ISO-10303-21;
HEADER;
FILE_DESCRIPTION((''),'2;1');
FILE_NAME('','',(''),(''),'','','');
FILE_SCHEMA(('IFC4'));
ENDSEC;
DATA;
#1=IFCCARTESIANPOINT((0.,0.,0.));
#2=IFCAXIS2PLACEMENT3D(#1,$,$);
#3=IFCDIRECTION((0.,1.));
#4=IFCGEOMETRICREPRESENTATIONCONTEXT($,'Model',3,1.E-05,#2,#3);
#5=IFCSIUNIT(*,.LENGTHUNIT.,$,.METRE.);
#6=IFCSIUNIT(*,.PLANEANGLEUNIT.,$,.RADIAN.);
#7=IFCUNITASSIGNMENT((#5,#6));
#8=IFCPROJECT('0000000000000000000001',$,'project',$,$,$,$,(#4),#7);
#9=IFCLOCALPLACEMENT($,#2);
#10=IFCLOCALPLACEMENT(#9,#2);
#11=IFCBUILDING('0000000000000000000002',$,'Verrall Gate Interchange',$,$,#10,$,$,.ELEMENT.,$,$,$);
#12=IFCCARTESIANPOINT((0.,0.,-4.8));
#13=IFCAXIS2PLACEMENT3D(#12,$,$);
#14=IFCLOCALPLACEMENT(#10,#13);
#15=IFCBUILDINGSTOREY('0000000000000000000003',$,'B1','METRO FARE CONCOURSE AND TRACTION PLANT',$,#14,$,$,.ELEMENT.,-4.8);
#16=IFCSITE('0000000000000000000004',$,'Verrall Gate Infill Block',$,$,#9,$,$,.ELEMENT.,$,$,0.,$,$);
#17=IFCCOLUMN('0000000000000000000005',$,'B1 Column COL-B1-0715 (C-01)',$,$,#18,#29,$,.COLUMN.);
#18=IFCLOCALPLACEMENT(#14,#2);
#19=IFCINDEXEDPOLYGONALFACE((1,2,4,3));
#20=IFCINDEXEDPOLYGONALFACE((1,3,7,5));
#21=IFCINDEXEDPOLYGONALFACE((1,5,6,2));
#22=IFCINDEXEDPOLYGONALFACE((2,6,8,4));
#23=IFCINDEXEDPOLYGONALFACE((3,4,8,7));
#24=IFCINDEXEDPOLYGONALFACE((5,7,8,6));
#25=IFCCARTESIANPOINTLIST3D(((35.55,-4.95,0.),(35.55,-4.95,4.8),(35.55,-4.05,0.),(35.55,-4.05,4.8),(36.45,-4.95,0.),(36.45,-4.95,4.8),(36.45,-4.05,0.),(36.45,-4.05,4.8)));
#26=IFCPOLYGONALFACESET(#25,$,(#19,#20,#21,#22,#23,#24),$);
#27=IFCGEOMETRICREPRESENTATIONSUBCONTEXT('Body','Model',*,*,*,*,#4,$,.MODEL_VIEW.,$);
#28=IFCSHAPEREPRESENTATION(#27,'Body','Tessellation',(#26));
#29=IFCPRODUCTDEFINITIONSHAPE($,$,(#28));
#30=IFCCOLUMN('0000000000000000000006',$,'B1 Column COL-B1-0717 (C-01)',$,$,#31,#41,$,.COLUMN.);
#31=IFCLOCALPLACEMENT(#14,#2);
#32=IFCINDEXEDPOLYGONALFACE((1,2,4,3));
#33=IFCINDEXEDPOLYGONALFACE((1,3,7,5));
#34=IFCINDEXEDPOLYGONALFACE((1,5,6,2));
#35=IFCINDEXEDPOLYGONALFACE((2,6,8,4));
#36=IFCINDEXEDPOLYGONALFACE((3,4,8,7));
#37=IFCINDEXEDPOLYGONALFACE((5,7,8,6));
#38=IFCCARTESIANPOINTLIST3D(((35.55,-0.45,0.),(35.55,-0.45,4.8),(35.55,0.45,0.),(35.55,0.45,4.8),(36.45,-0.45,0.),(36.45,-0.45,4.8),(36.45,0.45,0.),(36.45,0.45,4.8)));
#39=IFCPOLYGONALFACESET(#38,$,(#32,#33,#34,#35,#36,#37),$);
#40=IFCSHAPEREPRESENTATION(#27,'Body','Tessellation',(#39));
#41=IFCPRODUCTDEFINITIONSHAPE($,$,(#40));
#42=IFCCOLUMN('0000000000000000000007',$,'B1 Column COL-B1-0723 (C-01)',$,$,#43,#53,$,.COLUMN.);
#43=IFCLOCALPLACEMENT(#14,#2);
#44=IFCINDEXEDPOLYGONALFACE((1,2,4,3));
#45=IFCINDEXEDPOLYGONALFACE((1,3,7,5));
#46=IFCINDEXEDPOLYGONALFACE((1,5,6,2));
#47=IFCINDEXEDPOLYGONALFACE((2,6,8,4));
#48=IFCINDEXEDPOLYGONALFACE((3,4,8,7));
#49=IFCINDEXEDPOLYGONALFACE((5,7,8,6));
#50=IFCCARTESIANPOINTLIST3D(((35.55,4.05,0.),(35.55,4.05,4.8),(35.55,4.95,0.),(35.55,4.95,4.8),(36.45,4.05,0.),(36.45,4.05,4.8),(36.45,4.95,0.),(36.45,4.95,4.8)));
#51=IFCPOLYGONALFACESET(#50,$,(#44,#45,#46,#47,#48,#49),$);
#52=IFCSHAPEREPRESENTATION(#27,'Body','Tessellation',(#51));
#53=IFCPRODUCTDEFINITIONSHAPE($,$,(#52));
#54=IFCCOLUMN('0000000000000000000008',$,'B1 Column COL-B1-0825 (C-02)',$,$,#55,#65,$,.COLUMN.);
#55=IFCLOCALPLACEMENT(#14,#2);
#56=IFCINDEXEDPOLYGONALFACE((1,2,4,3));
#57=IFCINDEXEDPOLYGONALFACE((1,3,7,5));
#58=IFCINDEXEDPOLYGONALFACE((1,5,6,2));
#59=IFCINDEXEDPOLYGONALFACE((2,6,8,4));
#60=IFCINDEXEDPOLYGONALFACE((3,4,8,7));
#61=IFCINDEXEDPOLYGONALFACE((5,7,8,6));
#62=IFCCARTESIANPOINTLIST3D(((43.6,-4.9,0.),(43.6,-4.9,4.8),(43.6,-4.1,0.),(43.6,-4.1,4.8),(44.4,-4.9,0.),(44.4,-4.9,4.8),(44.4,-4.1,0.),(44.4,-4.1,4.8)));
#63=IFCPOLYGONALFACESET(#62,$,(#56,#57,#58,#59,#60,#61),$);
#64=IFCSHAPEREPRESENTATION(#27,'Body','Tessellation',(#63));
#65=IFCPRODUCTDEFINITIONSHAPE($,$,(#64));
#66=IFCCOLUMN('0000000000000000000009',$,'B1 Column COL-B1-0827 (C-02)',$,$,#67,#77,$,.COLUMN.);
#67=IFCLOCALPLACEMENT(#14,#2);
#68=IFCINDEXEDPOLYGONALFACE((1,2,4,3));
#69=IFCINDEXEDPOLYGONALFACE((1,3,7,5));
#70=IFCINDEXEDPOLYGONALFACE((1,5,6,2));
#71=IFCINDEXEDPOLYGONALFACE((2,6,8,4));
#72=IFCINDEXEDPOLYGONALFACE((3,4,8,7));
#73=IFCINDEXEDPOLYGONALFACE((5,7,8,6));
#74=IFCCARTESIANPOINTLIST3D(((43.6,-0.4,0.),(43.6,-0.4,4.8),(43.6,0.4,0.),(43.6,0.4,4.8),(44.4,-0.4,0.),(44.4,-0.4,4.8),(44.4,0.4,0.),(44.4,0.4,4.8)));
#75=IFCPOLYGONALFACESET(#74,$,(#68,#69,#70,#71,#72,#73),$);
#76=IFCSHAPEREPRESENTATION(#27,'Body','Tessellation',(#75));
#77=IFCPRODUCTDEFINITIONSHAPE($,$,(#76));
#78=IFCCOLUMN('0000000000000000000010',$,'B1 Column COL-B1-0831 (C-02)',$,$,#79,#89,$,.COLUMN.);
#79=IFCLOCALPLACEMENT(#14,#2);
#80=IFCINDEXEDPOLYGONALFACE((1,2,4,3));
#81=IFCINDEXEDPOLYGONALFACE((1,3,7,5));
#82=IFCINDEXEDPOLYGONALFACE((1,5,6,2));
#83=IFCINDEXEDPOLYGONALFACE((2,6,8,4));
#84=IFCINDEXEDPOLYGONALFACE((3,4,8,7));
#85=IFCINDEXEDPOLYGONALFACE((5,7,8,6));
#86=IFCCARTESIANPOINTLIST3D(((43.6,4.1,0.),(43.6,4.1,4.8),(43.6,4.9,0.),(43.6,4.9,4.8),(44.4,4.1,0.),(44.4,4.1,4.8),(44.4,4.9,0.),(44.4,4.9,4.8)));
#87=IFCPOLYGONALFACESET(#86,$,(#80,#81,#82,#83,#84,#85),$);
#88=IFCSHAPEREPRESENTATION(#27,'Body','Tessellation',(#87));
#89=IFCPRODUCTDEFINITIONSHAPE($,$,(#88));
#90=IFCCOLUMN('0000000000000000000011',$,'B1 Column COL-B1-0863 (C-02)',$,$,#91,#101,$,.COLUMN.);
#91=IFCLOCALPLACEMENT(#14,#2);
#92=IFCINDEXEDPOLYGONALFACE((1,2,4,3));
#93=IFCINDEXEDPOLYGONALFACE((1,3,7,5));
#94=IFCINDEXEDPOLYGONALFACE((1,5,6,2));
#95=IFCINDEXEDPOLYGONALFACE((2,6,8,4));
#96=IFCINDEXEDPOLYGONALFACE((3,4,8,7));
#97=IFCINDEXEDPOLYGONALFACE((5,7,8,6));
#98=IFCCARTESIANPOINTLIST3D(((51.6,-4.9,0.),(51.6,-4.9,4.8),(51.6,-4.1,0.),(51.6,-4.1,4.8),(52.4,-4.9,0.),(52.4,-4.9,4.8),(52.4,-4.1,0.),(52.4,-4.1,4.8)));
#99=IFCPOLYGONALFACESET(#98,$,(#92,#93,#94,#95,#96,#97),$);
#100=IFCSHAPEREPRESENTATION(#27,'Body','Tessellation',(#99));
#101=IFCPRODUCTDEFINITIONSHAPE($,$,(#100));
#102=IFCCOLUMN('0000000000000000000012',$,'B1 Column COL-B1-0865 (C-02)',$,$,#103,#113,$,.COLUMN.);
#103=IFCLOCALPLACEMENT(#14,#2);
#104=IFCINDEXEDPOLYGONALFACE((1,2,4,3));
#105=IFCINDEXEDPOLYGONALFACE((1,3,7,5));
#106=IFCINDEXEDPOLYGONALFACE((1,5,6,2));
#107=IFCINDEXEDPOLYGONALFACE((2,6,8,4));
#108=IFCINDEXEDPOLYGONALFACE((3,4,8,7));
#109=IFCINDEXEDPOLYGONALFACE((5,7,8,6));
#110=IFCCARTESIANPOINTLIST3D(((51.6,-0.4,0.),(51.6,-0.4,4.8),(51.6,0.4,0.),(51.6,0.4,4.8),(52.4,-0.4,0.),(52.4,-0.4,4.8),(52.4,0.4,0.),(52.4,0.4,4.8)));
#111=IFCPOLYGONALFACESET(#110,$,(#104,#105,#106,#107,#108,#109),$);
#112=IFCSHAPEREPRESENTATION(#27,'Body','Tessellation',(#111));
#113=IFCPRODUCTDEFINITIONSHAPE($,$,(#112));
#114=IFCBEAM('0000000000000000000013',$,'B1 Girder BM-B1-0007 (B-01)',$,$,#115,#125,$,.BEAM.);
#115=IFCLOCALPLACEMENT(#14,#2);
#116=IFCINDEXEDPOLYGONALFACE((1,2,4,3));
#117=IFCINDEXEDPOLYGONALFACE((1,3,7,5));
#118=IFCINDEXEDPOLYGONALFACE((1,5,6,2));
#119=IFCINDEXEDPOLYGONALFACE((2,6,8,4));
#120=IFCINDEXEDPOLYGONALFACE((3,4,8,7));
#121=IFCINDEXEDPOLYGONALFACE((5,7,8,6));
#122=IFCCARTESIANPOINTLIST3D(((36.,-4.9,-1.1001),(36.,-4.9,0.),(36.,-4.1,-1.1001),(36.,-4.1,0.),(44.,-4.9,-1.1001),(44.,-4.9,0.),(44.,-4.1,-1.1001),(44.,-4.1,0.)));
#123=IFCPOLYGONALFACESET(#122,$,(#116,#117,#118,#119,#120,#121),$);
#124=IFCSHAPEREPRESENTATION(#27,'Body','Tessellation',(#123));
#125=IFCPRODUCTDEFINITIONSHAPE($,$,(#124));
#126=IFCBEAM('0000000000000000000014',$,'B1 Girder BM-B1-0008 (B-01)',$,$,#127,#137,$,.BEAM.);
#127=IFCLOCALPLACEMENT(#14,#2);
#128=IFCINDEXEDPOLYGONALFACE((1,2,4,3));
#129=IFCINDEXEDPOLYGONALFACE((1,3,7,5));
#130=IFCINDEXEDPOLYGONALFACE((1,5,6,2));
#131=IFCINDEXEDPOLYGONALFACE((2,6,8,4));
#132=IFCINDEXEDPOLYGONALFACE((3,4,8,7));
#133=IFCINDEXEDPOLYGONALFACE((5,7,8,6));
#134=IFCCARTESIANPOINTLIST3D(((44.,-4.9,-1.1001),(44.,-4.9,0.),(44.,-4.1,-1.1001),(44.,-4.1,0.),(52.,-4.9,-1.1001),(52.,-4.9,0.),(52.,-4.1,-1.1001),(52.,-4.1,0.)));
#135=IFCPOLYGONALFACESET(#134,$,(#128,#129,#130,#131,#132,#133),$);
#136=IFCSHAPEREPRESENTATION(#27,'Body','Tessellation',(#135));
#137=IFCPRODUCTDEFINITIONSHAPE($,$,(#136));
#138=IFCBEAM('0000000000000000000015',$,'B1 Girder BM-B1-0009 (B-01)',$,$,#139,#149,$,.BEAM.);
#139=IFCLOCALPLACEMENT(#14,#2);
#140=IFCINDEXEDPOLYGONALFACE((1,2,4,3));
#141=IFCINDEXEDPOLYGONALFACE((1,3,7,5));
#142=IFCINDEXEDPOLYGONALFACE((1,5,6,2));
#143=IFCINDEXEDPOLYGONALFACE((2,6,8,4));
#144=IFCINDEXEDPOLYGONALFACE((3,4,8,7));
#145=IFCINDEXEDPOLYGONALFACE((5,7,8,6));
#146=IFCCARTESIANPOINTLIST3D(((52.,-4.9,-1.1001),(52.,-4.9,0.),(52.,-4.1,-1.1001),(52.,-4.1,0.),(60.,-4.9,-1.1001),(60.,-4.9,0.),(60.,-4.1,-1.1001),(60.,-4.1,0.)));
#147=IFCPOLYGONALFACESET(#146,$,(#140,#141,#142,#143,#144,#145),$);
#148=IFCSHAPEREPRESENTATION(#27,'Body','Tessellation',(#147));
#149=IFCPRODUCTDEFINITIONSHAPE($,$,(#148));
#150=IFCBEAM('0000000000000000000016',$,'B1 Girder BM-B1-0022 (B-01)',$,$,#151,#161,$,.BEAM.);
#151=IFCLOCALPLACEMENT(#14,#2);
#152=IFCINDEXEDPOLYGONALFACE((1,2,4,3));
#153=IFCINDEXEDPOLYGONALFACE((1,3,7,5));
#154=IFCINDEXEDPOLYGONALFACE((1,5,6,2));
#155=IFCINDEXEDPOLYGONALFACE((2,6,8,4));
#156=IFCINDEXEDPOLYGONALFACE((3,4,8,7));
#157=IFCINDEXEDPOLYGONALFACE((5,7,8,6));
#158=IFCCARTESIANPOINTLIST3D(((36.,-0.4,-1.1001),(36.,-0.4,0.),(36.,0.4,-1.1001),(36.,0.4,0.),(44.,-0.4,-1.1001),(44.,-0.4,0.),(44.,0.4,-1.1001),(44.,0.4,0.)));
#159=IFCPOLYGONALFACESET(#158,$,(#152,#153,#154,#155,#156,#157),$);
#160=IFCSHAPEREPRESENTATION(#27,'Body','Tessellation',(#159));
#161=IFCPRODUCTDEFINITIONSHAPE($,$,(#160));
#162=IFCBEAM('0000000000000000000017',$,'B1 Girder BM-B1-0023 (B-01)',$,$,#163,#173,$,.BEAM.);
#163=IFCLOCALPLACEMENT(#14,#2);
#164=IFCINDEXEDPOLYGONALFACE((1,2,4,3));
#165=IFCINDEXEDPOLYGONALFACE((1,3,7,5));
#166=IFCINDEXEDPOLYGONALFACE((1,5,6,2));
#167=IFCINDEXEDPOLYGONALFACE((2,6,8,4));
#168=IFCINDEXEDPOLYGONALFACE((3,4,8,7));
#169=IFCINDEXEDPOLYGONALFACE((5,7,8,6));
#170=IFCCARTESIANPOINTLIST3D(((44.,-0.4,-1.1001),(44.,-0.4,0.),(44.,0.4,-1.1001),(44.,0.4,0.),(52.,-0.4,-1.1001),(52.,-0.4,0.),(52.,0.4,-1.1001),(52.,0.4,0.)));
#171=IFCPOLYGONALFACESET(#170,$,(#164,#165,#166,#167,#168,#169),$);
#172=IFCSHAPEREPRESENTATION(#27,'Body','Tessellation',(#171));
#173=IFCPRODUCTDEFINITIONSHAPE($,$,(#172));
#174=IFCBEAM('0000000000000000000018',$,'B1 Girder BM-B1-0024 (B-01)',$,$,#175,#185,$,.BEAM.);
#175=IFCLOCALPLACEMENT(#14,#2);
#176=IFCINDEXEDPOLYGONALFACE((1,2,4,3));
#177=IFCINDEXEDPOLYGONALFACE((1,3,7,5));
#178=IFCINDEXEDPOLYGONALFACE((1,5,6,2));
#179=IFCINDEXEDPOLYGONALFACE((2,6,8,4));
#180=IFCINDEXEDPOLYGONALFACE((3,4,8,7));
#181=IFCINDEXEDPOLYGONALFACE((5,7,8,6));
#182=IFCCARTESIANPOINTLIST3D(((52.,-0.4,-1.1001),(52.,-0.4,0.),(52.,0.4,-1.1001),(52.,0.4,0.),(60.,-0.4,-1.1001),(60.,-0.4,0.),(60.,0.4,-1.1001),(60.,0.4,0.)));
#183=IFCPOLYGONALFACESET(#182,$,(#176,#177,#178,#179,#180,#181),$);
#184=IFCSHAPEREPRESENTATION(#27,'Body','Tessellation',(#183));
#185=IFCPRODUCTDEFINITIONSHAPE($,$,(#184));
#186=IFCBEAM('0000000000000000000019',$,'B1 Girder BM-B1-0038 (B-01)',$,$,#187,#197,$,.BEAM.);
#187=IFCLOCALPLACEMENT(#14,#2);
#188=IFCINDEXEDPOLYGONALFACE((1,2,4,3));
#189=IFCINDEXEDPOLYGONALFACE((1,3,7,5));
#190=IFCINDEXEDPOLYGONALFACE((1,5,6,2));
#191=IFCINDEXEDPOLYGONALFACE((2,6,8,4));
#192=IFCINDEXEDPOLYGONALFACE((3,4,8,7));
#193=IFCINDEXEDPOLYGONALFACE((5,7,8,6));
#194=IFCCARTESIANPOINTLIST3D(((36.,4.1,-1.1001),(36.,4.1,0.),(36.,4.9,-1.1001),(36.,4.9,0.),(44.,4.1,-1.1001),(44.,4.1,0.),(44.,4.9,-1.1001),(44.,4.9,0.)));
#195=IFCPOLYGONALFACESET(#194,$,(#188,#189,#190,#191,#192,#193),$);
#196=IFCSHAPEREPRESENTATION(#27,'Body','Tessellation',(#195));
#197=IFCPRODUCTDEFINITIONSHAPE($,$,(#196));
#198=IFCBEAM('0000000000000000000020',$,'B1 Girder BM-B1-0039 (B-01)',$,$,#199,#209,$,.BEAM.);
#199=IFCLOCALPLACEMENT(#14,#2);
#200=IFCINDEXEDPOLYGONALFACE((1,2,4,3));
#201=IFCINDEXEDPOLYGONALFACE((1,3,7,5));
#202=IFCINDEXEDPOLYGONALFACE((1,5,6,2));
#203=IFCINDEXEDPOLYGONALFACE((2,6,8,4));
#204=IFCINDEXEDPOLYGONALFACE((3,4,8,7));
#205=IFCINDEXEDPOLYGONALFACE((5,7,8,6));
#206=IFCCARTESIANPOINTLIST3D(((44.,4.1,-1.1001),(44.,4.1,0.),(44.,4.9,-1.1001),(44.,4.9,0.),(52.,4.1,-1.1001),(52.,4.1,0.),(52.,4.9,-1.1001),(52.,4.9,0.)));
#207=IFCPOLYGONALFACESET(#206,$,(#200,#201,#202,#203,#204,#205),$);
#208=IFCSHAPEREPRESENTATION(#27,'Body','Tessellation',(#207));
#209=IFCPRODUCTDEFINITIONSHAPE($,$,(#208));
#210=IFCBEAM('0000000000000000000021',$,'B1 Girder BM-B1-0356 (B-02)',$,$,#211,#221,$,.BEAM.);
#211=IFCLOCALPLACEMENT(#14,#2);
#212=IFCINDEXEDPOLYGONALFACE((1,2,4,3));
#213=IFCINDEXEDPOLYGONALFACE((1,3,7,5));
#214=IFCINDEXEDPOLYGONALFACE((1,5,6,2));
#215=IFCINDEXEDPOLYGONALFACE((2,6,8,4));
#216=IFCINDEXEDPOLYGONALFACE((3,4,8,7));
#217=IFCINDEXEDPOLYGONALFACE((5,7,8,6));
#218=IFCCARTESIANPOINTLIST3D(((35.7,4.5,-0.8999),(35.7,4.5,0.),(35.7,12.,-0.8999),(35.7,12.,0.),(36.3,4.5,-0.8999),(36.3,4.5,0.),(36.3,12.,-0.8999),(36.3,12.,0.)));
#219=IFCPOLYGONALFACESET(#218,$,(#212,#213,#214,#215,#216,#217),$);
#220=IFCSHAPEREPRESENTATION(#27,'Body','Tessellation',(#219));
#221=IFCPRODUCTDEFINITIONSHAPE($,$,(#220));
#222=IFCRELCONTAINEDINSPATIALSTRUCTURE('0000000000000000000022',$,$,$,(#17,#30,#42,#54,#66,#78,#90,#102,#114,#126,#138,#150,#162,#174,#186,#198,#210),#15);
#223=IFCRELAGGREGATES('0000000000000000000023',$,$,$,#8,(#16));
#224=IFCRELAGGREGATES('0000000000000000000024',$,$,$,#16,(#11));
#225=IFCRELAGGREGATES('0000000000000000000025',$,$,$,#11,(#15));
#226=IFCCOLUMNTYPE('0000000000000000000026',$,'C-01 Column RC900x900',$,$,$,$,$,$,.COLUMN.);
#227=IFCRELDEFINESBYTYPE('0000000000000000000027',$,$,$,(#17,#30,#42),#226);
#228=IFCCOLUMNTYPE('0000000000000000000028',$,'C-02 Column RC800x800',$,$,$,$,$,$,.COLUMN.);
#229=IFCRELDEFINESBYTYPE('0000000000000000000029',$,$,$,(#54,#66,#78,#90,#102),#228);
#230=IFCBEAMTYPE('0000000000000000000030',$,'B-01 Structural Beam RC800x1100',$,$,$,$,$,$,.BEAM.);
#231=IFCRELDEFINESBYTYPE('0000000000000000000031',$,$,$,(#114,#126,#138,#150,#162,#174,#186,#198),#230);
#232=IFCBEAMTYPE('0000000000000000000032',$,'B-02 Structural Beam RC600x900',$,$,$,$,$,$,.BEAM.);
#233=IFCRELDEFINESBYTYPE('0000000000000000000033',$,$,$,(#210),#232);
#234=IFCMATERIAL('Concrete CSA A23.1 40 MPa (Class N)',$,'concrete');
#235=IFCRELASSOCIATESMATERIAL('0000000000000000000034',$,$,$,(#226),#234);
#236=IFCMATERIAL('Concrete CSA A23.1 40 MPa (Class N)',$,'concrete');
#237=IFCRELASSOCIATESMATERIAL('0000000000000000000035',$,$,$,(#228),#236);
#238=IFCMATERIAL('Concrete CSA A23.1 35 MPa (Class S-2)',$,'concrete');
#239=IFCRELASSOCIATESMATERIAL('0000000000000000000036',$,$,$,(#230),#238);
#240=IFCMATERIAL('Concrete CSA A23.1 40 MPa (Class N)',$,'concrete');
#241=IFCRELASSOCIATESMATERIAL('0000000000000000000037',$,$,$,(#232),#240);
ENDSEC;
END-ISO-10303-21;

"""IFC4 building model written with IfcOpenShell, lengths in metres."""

from ifc_helpers import new_model, si_unit, direction, frame, origin, origin_2d, place, context, subcontext, project, spatial, rectangle, extrude, material, material_profile, profile_set, type_object, element, save


model = new_model("IFC4")

# Units and contexts
model_context = context("Model", 3, precision=1e-05, world=origin(), true_north=direction((0.0, 1.0)))
body_context = subcontext(model_context, "Body", "Model", "MODEL_VIEW")
ifc_project = project(units=[si_unit("LENGTHUNIT", "METRE"), si_unit("PLANEANGLEUNIT", "RADIAN")], contexts=[model_context])

# Site, building, storey
site_placement = place(None, origin())
site = spatial("IfcSite", under=ifc_project, at=site_placement, Name="Verrall Gate Infill Block", CompositionType="ELEMENT", RefElevation=0.0)
building_placement = place(site_placement, origin())
building = spatial("IfcBuilding", under=site, at=building_placement, Name="Verrall Gate Interchange", CompositionType="ELEMENT")
storey_placement = place(building_placement, frame((0.0, 0.0, -4.8)))
storey = spatial("IfcBuildingStorey", under=building, at=storey_placement, Name="B1", Description="METRO FARE CONCOURSE AND TRACTION PLANT", CompositionType="ELEMENT", Elevation=-4.8)

# Columns
ifc_material_1 = material(Name="Concrete CSA A23.1 40 MPa (Class N)", Category="concrete")
ifc_material_profile_1 = material_profile(ifc_material_1, rectangle(XDim=0.8999, YDim=0.8999, at=origin_2d()), Name="RC900x900")
ifc_profile_set_1 = profile_set([ifc_material_profile_1], Name="Concrete CSA A23.1 40 MPa (Class N)")
column_type_1 = type_object("IfcColumnType", Name="C-01 Column RC900x900", PredefinedType="COLUMN", material=ifc_profile_set_1)
for number, where, z_axis, x_axis, name in (
    (1, (36.0, -4.5, 0.0), (0.0, 0.0, 1.0), (1.0, 0.0, 0.0), "B1 Column COL-B1-0715 (C-01)"),
    (2, (36.0, 0.0, 0.0), (0.0, 0.0, 1.0), (1.0, 0.0, 0.0), "B1 Column COL-B1-0717 (C-01)"),
    (3, (36.0, 4.5, 0.0), (0.0, 0.0, 1.0), (1.0, 0.0, 0.0), "B1 Column COL-B1-0723 (C-01)"),
):
    element("IfcColumn", number, at=place(storey_placement, frame(where, z_axis=z_axis, x_axis=x_axis)), inside=storey, type_object=column_type_1, Name=name, PredefinedType="COLUMN", context=body_context, shape_type="SweptSolid", body=[
        extrude(rectangle(XDim=0.8999, YDim=0.8999, at=origin_2d()), origin(), (0.0, 0.0, 1.0), 4.8),
    ])
ifc_material_2 = material(Name="Concrete CSA A23.1 40 MPa (Class N)", Category="concrete")
ifc_material_profile_2 = material_profile(ifc_material_2, rectangle(XDim=0.8, YDim=0.8, at=origin_2d()), Name="RC800x800")
ifc_profile_set_2 = profile_set([ifc_material_profile_2], Name="Concrete CSA A23.1 40 MPa (Class N)")
column_type_2 = type_object("IfcColumnType", Name="C-02 Column RC800x800", PredefinedType="COLUMN", material=ifc_profile_set_2)
for number, where, z_axis, x_axis, name in (
    (4, (44.0, -4.5, 0.0), (0.0, 0.0, 1.0), (1.0, 0.0, 0.0), "B1 Column COL-B1-0825 (C-02)"),
    (5, (44.0, 0.0, 0.0), (0.0, 0.0, 1.0), (1.0, 0.0, 0.0), "B1 Column COL-B1-0827 (C-02)"),
    (6, (44.0, 4.5, 0.0), (0.0, 0.0, 1.0), (1.0, 0.0, 0.0), "B1 Column COL-B1-0831 (C-02)"),
    (7, (52.0, -4.5, 0.0), (0.0, 0.0, 1.0), (1.0, 0.0, 0.0), "B1 Column COL-B1-0863 (C-02)"),
    (8, (52.0, 0.0, 0.0), (0.0, 0.0, 1.0), (1.0, 0.0, 0.0), "B1 Column COL-B1-0865 (C-02)"),
):
    element("IfcColumn", number, at=place(storey_placement, frame(where, z_axis=z_axis, x_axis=x_axis)), inside=storey, type_object=column_type_2, Name=name, PredefinedType="COLUMN", context=body_context, shape_type="SweptSolid", body=[
        extrude(rectangle(XDim=0.8, YDim=0.8, at=origin_2d()), origin(), (0.0, 0.0, 1.0), 4.8),
    ])

# Beams
ifc_material_3 = material(Name="Concrete CSA A23.1 35 MPa (Class S-2)", Category="concrete")
ifc_material_profile_3 = material_profile(ifc_material_3, rectangle(XDim=0.8, YDim=1.1001, at=origin_2d()), Name="RC800x1100")
ifc_profile_set_3 = profile_set([ifc_material_profile_3], Name="Concrete CSA A23.1 35 MPa (Class S-2)")
beam_type_1 = type_object("IfcBeamType", Name="B-01 Structural Beam RC800x1100", PredefinedType="BEAM", material=ifc_profile_set_3)
for number, where, z_axis, x_axis, name in (
    (9, (36.0, -4.5, -0.55), (1.0, 0.0, 0.0), (0.0, 1.0, 0.0), "B1 Girder BM-B1-0007 (B-01)"),
    (10, (44.0, -4.5, -0.55), (1.0, 0.0, 0.0), (0.0, 1.0, 0.0), "B1 Girder BM-B1-0008 (B-01)"),
    (11, (52.0, -4.5, -0.55), (1.0, 0.0, 0.0), (0.0, 1.0, 0.0), "B1 Girder BM-B1-0009 (B-01)"),
    (12, (36.0, 0.0, -0.55), (1.0, 0.0, 0.0), (0.0, 1.0, 0.0), "B1 Girder BM-B1-0022 (B-01)"),
    (13, (44.0, 0.0, -0.55), (1.0, 0.0, 0.0), (0.0, 1.0, 0.0), "B1 Girder BM-B1-0023 (B-01)"),
    (14, (52.0, 0.0, -0.55), (1.0, 0.0, 0.0), (0.0, 1.0, 0.0), "B1 Girder BM-B1-0024 (B-01)"),
    (15, (36.0, 4.5, -0.55), (1.0, 0.0, 0.0), (0.0, 1.0, 0.0), "B1 Girder BM-B1-0038 (B-01)"),
    (16, (44.0, 4.5, -0.55), (1.0, 0.0, 0.0), (0.0, 1.0, 0.0), "B1 Girder BM-B1-0039 (B-01)"),
):
    element("IfcBeam", number, at=place(storey_placement, frame(where, z_axis=z_axis, x_axis=x_axis)), inside=storey, type_object=beam_type_1, Name=name, PredefinedType="BEAM", context=body_context, shape_type="SweptSolid", body=[
        extrude(rectangle(XDim=0.8, YDim=1.1001, at=origin_2d()), origin(), (0.0, 0.0, 1.0), 8.0),
    ])
ifc_material_4 = material(Name="Concrete CSA A23.1 40 MPa (Class N)", Category="concrete")
ifc_material_profile_4 = material_profile(ifc_material_4, rectangle(XDim=0.6001, YDim=0.8999, at=origin_2d()), Name="RC600x900")
ifc_profile_set_4 = profile_set([ifc_material_profile_4], Name="Concrete CSA A23.1 40 MPa (Class N)")
beam_type_2 = type_object("IfcBeamType", Name="B-02 Structural Beam RC600x900", PredefinedType="BEAM", material=ifc_profile_set_4)
beam_1_placement = place(storey_placement, frame((36.0, 4.5, -0.45), z_axis=(0.0, 1.0, 0.0), x_axis=(-1.0, 0.0, 0.0)))
element("IfcBeam", 17, at=beam_1_placement, inside=storey, type_object=beam_type_2, Name="B1 Girder BM-B1-0356 (B-02)", PredefinedType="BEAM", context=body_context, shape_type="SweptSolid", body=[
    extrude(rectangle(XDim=0.6001, YDim=0.8999, at=origin_2d()), origin(), (0.0, 0.0, 1.0), 7.5),
])

save(model, "model.ifc")
